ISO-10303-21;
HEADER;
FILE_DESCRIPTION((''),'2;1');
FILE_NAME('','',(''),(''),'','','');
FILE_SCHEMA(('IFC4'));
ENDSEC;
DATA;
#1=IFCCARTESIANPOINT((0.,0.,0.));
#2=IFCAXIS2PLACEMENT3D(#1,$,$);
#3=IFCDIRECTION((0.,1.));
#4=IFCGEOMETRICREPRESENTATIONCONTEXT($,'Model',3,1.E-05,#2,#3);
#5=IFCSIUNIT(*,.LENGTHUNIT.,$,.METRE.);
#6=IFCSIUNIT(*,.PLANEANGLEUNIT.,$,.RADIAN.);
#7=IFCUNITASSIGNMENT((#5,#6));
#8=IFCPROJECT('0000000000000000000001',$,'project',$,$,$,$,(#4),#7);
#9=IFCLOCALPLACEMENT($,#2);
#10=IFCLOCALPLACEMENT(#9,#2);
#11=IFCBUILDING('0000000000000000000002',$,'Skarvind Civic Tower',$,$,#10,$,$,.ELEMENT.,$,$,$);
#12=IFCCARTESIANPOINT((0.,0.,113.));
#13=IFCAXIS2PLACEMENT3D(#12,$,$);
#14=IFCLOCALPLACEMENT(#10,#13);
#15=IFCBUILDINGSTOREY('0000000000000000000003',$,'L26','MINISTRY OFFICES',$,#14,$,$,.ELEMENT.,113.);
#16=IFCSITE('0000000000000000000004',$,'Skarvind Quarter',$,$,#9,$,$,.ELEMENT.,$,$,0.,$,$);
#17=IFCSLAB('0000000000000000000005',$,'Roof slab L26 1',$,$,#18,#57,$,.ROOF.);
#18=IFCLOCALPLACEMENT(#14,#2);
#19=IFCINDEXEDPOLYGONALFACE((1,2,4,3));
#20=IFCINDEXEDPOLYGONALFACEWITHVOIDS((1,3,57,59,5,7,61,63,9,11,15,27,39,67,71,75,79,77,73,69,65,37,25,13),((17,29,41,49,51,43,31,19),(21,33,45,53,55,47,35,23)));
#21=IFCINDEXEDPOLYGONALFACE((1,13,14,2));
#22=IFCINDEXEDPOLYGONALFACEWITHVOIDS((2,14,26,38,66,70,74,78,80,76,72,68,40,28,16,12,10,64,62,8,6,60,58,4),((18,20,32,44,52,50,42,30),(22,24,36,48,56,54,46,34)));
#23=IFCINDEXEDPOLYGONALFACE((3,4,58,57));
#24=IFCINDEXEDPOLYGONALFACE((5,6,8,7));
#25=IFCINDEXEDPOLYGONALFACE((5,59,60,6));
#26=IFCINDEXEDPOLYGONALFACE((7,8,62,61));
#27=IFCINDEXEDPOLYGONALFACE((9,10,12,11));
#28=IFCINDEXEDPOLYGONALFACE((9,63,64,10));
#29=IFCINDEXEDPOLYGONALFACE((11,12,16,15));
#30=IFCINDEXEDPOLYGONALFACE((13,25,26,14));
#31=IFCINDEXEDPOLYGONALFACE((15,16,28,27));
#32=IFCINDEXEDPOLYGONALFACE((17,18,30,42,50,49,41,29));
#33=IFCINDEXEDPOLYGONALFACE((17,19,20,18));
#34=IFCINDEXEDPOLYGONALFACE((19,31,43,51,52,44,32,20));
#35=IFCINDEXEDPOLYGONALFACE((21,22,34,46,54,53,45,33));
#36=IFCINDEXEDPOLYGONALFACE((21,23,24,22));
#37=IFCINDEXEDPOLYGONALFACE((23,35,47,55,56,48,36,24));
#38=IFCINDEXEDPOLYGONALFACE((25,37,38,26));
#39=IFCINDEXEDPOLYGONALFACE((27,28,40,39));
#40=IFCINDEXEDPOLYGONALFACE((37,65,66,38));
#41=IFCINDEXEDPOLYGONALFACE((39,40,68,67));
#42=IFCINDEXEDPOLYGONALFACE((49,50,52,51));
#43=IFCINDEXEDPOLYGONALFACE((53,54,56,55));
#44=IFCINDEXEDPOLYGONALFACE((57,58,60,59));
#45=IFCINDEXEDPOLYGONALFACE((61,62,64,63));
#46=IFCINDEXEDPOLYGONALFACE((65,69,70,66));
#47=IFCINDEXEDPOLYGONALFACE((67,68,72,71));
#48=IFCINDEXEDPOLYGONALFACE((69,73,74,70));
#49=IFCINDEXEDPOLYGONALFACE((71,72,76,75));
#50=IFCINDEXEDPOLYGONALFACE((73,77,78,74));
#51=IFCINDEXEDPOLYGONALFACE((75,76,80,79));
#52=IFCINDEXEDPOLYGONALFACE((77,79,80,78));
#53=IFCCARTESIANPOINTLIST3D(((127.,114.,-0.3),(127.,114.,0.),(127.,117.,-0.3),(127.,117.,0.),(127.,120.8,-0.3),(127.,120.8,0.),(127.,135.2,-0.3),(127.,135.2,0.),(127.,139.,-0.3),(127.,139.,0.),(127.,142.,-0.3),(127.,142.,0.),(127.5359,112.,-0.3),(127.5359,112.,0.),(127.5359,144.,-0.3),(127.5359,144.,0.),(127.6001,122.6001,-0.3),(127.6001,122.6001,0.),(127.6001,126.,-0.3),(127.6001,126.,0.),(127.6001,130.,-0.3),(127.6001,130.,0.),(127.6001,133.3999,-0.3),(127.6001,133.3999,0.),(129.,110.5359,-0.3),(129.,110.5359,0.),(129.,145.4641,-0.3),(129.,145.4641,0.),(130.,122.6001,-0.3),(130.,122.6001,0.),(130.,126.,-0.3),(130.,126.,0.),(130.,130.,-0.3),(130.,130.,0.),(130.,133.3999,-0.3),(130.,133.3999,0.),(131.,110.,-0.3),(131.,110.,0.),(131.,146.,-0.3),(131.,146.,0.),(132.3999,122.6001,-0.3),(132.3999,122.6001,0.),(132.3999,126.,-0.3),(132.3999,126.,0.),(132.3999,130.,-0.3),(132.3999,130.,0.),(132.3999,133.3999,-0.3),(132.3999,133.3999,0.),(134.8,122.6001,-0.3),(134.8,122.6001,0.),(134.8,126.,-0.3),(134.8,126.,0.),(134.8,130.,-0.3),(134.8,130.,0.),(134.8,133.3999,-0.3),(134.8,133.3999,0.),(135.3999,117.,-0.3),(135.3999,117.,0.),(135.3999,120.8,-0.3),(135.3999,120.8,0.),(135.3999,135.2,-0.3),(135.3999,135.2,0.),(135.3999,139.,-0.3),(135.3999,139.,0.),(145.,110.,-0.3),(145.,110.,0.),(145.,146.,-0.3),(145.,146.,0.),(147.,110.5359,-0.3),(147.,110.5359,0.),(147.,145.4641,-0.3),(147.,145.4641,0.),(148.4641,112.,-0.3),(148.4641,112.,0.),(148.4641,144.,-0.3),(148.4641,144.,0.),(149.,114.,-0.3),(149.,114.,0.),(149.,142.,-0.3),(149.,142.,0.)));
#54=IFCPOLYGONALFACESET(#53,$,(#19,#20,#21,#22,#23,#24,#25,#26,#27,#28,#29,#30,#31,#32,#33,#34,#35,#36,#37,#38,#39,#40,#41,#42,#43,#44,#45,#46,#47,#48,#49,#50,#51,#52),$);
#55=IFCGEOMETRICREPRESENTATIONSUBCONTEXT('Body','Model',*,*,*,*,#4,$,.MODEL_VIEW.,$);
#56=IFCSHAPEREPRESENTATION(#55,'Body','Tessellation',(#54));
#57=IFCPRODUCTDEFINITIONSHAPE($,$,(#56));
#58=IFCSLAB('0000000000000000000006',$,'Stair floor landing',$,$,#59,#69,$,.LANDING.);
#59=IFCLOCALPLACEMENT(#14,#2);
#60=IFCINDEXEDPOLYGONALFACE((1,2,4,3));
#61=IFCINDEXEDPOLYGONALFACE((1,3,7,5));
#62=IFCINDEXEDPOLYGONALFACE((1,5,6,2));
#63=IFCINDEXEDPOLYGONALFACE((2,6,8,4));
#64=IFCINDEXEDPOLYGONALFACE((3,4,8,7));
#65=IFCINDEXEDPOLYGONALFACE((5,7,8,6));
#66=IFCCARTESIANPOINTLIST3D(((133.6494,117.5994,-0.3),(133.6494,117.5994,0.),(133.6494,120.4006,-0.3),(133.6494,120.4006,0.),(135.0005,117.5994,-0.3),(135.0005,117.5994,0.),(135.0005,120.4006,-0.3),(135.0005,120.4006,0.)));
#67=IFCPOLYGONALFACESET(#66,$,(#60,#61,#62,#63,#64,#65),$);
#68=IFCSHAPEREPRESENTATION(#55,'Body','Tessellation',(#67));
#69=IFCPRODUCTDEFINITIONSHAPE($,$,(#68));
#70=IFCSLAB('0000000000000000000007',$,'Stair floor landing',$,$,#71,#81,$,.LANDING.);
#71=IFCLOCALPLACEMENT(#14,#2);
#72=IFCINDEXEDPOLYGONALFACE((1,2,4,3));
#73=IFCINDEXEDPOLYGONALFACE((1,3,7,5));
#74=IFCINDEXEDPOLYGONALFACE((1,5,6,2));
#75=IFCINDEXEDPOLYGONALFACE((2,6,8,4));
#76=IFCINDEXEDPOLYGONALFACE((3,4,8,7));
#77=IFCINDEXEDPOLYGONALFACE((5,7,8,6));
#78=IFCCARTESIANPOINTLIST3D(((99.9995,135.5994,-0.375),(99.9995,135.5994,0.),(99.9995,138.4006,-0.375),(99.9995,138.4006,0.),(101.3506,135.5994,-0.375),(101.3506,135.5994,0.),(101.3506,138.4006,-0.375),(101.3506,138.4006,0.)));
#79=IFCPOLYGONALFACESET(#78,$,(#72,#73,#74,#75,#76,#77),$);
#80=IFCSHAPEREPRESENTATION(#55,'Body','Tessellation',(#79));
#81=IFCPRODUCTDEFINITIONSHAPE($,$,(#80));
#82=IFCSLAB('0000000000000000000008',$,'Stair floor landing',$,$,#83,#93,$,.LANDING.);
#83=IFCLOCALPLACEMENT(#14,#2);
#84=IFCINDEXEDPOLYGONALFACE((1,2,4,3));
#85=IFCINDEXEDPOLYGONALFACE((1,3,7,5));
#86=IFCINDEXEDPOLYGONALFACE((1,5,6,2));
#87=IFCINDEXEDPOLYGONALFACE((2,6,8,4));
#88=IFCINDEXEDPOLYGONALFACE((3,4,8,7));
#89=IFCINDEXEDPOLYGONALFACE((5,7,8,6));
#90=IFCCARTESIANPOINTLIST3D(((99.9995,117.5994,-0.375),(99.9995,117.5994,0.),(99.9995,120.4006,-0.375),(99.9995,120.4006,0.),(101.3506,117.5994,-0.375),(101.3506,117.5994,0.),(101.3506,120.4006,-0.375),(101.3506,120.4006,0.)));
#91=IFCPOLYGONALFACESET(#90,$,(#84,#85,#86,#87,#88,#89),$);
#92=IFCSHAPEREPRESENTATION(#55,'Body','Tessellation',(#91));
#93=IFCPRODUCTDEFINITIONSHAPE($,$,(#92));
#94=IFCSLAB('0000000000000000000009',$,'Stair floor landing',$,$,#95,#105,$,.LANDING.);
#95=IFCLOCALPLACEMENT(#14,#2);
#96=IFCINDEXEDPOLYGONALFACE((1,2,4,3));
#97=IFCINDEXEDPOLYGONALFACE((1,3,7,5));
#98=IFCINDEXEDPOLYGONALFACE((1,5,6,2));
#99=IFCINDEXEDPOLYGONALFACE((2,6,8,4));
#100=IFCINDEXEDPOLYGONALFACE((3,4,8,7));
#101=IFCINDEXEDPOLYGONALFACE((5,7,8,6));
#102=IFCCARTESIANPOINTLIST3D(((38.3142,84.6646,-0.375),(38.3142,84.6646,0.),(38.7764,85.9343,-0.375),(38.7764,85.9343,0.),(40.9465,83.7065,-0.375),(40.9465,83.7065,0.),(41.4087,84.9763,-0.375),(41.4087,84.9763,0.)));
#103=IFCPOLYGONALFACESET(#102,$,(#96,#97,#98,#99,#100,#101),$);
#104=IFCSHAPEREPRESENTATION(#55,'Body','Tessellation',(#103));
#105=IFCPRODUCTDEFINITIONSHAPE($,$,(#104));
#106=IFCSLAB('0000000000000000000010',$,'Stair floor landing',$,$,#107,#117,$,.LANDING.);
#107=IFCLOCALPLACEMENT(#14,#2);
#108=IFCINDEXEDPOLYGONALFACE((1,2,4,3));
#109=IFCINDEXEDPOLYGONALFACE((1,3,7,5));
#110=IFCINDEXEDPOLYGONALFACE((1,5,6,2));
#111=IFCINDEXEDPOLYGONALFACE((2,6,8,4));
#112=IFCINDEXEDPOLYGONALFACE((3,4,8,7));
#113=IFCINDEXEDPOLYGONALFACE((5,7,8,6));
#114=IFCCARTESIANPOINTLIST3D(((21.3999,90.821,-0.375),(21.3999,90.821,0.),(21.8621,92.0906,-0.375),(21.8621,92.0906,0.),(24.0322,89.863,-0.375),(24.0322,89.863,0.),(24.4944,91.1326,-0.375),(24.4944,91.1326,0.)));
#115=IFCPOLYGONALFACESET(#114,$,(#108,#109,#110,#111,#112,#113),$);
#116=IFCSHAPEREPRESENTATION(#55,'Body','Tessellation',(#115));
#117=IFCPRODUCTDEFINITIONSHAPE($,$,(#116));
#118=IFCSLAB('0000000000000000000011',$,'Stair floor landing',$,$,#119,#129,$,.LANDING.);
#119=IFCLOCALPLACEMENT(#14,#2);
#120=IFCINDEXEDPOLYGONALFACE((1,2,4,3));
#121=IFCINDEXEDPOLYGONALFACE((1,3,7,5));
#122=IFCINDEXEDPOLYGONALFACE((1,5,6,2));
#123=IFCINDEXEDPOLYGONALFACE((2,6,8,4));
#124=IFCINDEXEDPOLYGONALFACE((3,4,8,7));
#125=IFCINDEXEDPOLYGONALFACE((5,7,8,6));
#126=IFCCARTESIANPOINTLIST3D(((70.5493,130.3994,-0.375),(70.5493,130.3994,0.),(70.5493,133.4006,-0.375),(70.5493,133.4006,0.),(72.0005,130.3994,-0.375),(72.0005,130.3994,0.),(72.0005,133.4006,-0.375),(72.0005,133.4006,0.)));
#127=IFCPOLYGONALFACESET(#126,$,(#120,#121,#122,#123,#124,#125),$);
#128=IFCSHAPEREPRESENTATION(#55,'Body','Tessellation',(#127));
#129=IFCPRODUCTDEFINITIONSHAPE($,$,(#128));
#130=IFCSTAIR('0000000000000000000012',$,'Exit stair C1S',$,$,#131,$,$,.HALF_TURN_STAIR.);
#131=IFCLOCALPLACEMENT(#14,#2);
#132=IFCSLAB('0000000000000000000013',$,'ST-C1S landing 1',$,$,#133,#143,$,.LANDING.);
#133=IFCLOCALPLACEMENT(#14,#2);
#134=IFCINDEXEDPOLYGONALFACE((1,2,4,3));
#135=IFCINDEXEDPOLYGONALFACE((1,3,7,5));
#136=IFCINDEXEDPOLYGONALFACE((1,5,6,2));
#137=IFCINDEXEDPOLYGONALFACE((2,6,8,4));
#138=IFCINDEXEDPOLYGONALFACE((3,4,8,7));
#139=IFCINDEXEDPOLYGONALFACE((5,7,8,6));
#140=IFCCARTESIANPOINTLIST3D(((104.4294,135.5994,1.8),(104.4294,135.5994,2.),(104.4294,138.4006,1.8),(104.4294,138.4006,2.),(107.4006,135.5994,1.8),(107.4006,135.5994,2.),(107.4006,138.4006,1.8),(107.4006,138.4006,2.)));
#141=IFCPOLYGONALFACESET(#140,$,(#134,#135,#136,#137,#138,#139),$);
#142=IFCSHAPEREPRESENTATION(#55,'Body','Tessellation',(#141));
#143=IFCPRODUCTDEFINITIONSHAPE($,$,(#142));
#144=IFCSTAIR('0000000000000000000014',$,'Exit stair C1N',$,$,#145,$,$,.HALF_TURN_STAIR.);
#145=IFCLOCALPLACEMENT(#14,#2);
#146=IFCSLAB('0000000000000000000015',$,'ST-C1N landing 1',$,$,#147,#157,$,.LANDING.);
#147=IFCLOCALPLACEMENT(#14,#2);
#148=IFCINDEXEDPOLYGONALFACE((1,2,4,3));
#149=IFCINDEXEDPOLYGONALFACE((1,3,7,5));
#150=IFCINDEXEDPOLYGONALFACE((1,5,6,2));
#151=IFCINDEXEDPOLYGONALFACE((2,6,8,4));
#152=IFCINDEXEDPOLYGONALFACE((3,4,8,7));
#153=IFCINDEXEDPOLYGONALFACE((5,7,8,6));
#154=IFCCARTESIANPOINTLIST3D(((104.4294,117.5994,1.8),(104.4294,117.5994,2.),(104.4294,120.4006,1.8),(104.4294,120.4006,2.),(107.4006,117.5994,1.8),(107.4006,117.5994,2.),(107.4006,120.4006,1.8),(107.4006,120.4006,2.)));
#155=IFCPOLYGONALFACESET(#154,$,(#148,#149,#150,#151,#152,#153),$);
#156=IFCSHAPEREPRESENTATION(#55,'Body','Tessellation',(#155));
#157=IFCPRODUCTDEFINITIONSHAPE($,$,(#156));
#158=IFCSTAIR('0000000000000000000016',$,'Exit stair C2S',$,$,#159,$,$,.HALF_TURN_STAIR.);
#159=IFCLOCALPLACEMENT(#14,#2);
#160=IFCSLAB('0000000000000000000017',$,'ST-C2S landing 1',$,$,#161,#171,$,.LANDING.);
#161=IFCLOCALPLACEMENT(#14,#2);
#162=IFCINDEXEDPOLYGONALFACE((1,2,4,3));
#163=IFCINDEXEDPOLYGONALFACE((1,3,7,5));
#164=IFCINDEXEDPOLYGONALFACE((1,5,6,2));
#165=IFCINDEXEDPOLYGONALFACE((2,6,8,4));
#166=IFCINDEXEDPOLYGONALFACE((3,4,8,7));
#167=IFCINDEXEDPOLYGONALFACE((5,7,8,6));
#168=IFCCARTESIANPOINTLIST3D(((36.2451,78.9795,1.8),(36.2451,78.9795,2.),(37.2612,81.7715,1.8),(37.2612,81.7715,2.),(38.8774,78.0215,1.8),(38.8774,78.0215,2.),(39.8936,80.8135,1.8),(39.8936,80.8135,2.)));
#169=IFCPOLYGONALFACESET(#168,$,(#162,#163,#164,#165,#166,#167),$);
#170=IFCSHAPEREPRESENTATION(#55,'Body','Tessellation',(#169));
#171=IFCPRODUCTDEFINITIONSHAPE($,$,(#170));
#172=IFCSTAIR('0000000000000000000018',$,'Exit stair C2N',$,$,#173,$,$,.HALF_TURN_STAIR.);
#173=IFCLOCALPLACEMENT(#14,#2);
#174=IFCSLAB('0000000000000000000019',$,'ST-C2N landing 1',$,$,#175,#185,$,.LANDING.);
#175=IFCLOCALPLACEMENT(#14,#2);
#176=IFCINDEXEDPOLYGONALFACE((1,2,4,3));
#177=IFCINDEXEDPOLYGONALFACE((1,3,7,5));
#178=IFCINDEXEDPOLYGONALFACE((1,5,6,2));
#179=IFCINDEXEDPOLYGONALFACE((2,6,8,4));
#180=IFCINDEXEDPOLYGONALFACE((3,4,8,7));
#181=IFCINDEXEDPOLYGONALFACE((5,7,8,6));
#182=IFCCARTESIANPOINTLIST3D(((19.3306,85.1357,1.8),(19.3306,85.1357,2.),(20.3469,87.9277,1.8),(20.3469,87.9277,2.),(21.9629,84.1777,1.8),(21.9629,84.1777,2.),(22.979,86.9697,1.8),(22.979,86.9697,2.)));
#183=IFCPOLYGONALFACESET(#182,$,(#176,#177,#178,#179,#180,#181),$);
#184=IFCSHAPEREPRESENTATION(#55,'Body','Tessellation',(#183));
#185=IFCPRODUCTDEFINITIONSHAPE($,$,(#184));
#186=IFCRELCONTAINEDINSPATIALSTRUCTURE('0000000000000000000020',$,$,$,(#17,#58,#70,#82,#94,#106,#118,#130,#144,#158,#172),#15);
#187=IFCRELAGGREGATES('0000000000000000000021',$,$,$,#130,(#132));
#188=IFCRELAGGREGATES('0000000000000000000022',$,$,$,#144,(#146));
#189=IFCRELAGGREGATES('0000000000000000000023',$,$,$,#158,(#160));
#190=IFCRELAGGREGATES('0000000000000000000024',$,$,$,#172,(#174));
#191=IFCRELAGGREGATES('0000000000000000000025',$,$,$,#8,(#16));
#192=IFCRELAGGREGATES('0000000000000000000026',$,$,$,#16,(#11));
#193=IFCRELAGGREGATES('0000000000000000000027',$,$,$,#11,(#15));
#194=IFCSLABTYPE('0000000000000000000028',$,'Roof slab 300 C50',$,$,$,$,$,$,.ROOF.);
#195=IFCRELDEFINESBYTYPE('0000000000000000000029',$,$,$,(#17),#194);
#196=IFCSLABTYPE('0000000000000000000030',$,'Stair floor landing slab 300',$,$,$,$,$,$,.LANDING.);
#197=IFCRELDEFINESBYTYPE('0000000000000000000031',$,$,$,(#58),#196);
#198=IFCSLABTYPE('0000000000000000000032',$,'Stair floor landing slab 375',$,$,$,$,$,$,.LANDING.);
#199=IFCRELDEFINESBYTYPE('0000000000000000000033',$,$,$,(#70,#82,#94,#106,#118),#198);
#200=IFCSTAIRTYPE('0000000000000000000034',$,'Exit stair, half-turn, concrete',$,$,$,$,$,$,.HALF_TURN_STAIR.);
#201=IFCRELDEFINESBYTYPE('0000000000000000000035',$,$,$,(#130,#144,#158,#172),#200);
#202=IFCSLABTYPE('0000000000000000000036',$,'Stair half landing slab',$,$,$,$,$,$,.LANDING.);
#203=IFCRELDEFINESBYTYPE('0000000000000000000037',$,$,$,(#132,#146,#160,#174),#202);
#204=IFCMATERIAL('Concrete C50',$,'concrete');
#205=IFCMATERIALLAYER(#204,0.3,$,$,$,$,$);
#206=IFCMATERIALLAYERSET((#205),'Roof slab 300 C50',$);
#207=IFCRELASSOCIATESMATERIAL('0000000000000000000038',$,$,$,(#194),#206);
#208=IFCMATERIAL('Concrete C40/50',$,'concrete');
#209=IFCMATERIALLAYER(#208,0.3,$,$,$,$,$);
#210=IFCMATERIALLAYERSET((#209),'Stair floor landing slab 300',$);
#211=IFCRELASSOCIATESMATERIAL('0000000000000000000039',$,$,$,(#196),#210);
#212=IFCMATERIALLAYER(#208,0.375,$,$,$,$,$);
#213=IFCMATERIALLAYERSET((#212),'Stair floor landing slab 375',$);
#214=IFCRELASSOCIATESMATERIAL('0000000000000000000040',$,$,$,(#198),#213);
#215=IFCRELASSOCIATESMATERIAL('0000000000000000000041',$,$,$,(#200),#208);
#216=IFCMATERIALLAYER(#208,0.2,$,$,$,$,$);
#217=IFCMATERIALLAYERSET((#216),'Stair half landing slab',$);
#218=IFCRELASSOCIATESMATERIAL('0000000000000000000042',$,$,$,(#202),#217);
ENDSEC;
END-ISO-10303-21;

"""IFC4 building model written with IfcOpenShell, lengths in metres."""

from ifc_helpers import new_model, si_unit, direction, frame, origin, place, context, subcontext, project, spatial, polyline, outline, extrude, material, layer, layer_set, type_object, element, aggregate, save


model = new_model("IFC4")

# Units and contexts
model_context = context("Model", 3, precision=1e-05, world=origin(), true_north=direction((0.0, 1.0)))
body_context = subcontext(model_context, "Body", "Model", "MODEL_VIEW")
ifc_project = project(units=[si_unit("LENGTHUNIT", "METRE"), si_unit("PLANEANGLEUNIT", "RADIAN")], contexts=[model_context])

# Site, building, storey
site_placement = place(None, origin())
site = spatial("IfcSite", under=ifc_project, at=site_placement, Name="Skarvind Quarter", CompositionType="ELEMENT", RefElevation=0.0)
building_placement = place(site_placement, origin())
building = spatial("IfcBuilding", under=site, at=building_placement, Name="Skarvind Civic Tower", CompositionType="ELEMENT")
storey_placement = place(building_placement, frame((0.0, 0.0, 113.0)))
storey = spatial("IfcBuildingStorey", under=building, at=storey_placement, Name="L26", Description="MINISTRY OFFICES", CompositionType="ELEMENT", Elevation=113.0)

# Slabs
ifc_material_1 = material(Name="Concrete C50", Category="concrete")
ifc_material_2 = material(Name="Concrete C40/50", Category="concrete")
ifc_layer_1 = layer(ifc_material_1, 0.3)
ifc_layer_set_1 = layer_set([ifc_layer_1], Name="Roof slab 300 C50")
slab_type_1 = type_object("IfcSlabType", Name="Roof slab 300 C50", PredefinedType="ROOF", material=ifc_layer_set_1)
slab_1_placement = place(storey_placement, frame((0.0, 0.0, -0.3)))
element("IfcSlab", 1, at=slab_1_placement, inside=storey, type_object=slab_type_1, Name="Roof slab L26 1", PredefinedType="ROOF", context=body_context, shape_type="SweptSolid", body=[
    extrude(outline(polyline([(127.0, 139.0), (135.3999, 139.0), (135.3999, 135.2), (127.0, 135.2), (127.0, 120.8), (135.3999, 120.8), (135.3999, 117.0), (127.0, 117.0), (127.0, 114.0), (127.5359, 112.0), (129.0, 110.5359), (131.0, 110.0), (145.0, 110.0), (147.0, 110.5359), (148.4641, 112.0), (149.0, 114.0), (149.0, 142.0), (148.4641, 144.0), (147.0, 145.4641), (145.0, 146.0), (131.0, 146.0), (129.0, 145.4641), (127.5359, 144.0), (127.0, 142.0), (127.0, 139.0)]), holes=[polyline([(134.8, 122.6001), (132.3999, 122.6001), (130.0, 122.6001), (127.6001, 122.6001), (127.6001, 126.0), (130.0, 126.0), (132.3999, 126.0), (134.8, 126.0), (134.8, 122.6001)]), polyline([(130.0, 133.3999), (132.3999, 133.3999), (134.8, 133.3999), (134.8, 130.0), (132.3999, 130.0), (130.0, 130.0), (127.6001, 130.0), (127.6001, 133.3999), (130.0, 133.3999)])]), origin(), (0.0, 0.0, 1.0), 0.3),
])
ifc_layer_2 = layer(ifc_material_2, 0.3)
ifc_layer_set_2 = layer_set([ifc_layer_2], Name="Stair floor landing slab 300")
slab_type_2 = type_object("IfcSlabType", Name="Stair floor landing slab 300", PredefinedType="LANDING", material=ifc_layer_set_2)
slab_2_placement = place(storey_placement, frame((0.0, 0.0, -0.3)))
element("IfcSlab", 2, at=slab_2_placement, inside=storey, type_object=slab_type_2, Name="Stair floor landing", PredefinedType="LANDING", context=body_context, shape_type="SweptSolid", body=[
    extrude(outline(polyline([(133.6494, 117.5994), (133.6494, 120.4006), (135.0005, 120.4006), (135.0005, 117.5994), (133.6494, 117.5994)])), origin(), (0.0, 0.0, 1.0), 0.3),
])
ifc_layer_3 = layer(ifc_material_2, 0.375)
ifc_layer_set_3 = layer_set([ifc_layer_3], Name="Stair floor landing slab 375")
slab_type_3 = type_object("IfcSlabType", Name="Stair floor landing slab 375", PredefinedType="LANDING", material=ifc_layer_set_3)
slab_3_placement = place(storey_placement, frame((0.0, 0.0, -0.375)))
element("IfcSlab", 3, at=slab_3_placement, inside=storey, type_object=slab_type_3, Name="Stair floor landing", PredefinedType="LANDING", context=body_context, shape_type="SweptSolid", body=[
    extrude(outline(polyline([(101.3506, 138.4006), (101.3506, 135.5994), (99.9995, 135.5994), (99.9995, 138.4006), (101.3506, 138.4006)])), origin(), (0.0, 0.0, 1.0), 0.375),
])
slab_4_placement = place(storey_placement, frame((0.0, 0.0, -0.375)))
element("IfcSlab", 4, at=slab_4_placement, inside=storey, type_object=slab_type_3, Name="Stair floor landing", PredefinedType="LANDING", context=body_context, shape_type="SweptSolid", body=[
    extrude(outline(polyline([(101.3506, 120.4006), (101.3506, 117.5994), (99.9995, 117.5994), (99.9995, 120.4006), (101.3506, 120.4006)])), origin(), (0.0, 0.0, 1.0), 0.375),
])
slab_5_placement = place(storey_placement, frame((0.0, 0.0, -0.375)))
element("IfcSlab", 5, at=slab_5_placement, inside=storey, type_object=slab_type_3, Name="Stair floor landing", PredefinedType="LANDING", context=body_context, shape_type="SweptSolid", body=[
    extrude(outline(polyline([(40.9465, 83.7065), (38.3142, 84.6646), (38.7764, 85.9343), (41.4087, 84.9763), (40.9465, 83.7065)])), origin(), (0.0, 0.0, 1.0), 0.375),
])
slab_6_placement = place(storey_placement, frame((0.0, 0.0, -0.375)))
element("IfcSlab", 6, at=slab_6_placement, inside=storey, type_object=slab_type_3, Name="Stair floor landing", PredefinedType="LANDING", context=body_context, shape_type="SweptSolid", body=[
    extrude(outline(polyline([(24.0322, 89.863), (21.3999, 90.821), (21.8621, 92.0906), (24.4944, 91.1326), (24.0322, 89.863)])), origin(), (0.0, 0.0, 1.0), 0.375),
])
slab_7_placement = place(storey_placement, frame((0.0, 0.0, -0.375)))
element("IfcSlab", 7, at=slab_7_placement, inside=storey, type_object=slab_type_3, Name="Stair floor landing", PredefinedType="LANDING", context=body_context, shape_type="SweptSolid", body=[
    extrude(outline(polyline([(70.5493, 130.3994), (70.5493, 133.4006), (72.0005, 133.4006), (72.0005, 130.3994), (70.5493, 130.3994)])), origin(), (0.0, 0.0, 1.0), 0.375),
])

# Stairs, slabs
stair_type_1 = type_object("IfcStairType", Name="Exit stair, half-turn, concrete", PredefinedType="HALF_TURN_STAIR", material=ifc_material_2)
stair_1_placement = place(storey_placement, origin())
stair_1 = element("IfcStair", 8, at=stair_1_placement, inside=storey, type_object=stair_type_1, Name="Exit stair C1S", PredefinedType="HALF_TURN_STAIR")
ifc_layer_4 = layer(ifc_material_2, 0.2)
ifc_layer_set_4 = layer_set([ifc_layer_4], Name="Stair half landing slab")
slab_type_4 = type_object("IfcSlabType", Name="Stair half landing slab", PredefinedType="LANDING", material=ifc_layer_set_4)
slab_8_placement = place(storey_placement, frame((0.0, 0.0, 1.8)))
slab_8 = element("IfcSlab", 9, at=slab_8_placement, type_object=slab_type_4, Name="ST-C1S landing 1", PredefinedType="LANDING", context=body_context, shape_type="SweptSolid", body=[
    extrude(outline(polyline([(104.4294, 135.5994), (104.4294, 138.4006), (107.4006, 138.4006), (107.4006, 135.5994), (104.4294, 135.5994)])), origin(), (0.0, 0.0, 1.0), 0.2),
])
aggregate(stair_1, [slab_8])
stair_2_placement = place(storey_placement, origin())
stair_2 = element("IfcStair", 10, at=stair_2_placement, inside=storey, type_object=stair_type_1, Name="Exit stair C1N", PredefinedType="HALF_TURN_STAIR")
slab_9_placement = place(storey_placement, frame((0.0, 0.0, 1.8)))
slab_9 = element("IfcSlab", 11, at=slab_9_placement, type_object=slab_type_4, Name="ST-C1N landing 1", PredefinedType="LANDING", context=body_context, shape_type="SweptSolid", body=[
    extrude(outline(polyline([(104.4294, 117.5994), (104.4294, 120.4006), (107.4006, 120.4006), (107.4006, 117.5994), (104.4294, 117.5994)])), origin(), (0.0, 0.0, 1.0), 0.2),
])
aggregate(stair_2, [slab_9])
stair_3_placement = place(storey_placement, origin())
stair_3 = element("IfcStair", 12, at=stair_3_placement, inside=storey, type_object=stair_type_1, Name="Exit stair C2S", PredefinedType="HALF_TURN_STAIR")
slab_10_placement = place(storey_placement, frame((0.0, 0.0, 1.8)))
slab_10 = element("IfcSlab", 13, at=slab_10_placement, type_object=slab_type_4, Name="ST-C2S landing 1", PredefinedType="LANDING", context=body_context, shape_type="SweptSolid", body=[
    extrude(outline(polyline([(37.2612, 81.7715), (39.8936, 80.8135), (38.8774, 78.0215), (36.2451, 78.9795), (37.2612, 81.7715)])), origin(), (0.0, 0.0, 1.0), 0.2),
])
aggregate(stair_3, [slab_10])
stair_4_placement = place(storey_placement, origin())
stair_4 = element("IfcStair", 14, at=stair_4_placement, inside=storey, type_object=stair_type_1, Name="Exit stair C2N", PredefinedType="HALF_TURN_STAIR")
slab_11_placement = place(storey_placement, frame((0.0, 0.0, 1.8)))
slab_11 = element("IfcSlab", 15, at=slab_11_placement, type_object=slab_type_4, Name="ST-C2N landing 1", PredefinedType="LANDING", context=body_context, shape_type="SweptSolid", body=[
    extrude(outline(polyline([(20.3469, 87.9277), (22.979, 86.9697), (21.9629, 84.1777), (19.3306, 85.1357), (20.3469, 87.9277)])), origin(), (0.0, 0.0, 1.0), 0.2),
])
aggregate(stair_4, [slab_11])

save(model, "model.ifc")
